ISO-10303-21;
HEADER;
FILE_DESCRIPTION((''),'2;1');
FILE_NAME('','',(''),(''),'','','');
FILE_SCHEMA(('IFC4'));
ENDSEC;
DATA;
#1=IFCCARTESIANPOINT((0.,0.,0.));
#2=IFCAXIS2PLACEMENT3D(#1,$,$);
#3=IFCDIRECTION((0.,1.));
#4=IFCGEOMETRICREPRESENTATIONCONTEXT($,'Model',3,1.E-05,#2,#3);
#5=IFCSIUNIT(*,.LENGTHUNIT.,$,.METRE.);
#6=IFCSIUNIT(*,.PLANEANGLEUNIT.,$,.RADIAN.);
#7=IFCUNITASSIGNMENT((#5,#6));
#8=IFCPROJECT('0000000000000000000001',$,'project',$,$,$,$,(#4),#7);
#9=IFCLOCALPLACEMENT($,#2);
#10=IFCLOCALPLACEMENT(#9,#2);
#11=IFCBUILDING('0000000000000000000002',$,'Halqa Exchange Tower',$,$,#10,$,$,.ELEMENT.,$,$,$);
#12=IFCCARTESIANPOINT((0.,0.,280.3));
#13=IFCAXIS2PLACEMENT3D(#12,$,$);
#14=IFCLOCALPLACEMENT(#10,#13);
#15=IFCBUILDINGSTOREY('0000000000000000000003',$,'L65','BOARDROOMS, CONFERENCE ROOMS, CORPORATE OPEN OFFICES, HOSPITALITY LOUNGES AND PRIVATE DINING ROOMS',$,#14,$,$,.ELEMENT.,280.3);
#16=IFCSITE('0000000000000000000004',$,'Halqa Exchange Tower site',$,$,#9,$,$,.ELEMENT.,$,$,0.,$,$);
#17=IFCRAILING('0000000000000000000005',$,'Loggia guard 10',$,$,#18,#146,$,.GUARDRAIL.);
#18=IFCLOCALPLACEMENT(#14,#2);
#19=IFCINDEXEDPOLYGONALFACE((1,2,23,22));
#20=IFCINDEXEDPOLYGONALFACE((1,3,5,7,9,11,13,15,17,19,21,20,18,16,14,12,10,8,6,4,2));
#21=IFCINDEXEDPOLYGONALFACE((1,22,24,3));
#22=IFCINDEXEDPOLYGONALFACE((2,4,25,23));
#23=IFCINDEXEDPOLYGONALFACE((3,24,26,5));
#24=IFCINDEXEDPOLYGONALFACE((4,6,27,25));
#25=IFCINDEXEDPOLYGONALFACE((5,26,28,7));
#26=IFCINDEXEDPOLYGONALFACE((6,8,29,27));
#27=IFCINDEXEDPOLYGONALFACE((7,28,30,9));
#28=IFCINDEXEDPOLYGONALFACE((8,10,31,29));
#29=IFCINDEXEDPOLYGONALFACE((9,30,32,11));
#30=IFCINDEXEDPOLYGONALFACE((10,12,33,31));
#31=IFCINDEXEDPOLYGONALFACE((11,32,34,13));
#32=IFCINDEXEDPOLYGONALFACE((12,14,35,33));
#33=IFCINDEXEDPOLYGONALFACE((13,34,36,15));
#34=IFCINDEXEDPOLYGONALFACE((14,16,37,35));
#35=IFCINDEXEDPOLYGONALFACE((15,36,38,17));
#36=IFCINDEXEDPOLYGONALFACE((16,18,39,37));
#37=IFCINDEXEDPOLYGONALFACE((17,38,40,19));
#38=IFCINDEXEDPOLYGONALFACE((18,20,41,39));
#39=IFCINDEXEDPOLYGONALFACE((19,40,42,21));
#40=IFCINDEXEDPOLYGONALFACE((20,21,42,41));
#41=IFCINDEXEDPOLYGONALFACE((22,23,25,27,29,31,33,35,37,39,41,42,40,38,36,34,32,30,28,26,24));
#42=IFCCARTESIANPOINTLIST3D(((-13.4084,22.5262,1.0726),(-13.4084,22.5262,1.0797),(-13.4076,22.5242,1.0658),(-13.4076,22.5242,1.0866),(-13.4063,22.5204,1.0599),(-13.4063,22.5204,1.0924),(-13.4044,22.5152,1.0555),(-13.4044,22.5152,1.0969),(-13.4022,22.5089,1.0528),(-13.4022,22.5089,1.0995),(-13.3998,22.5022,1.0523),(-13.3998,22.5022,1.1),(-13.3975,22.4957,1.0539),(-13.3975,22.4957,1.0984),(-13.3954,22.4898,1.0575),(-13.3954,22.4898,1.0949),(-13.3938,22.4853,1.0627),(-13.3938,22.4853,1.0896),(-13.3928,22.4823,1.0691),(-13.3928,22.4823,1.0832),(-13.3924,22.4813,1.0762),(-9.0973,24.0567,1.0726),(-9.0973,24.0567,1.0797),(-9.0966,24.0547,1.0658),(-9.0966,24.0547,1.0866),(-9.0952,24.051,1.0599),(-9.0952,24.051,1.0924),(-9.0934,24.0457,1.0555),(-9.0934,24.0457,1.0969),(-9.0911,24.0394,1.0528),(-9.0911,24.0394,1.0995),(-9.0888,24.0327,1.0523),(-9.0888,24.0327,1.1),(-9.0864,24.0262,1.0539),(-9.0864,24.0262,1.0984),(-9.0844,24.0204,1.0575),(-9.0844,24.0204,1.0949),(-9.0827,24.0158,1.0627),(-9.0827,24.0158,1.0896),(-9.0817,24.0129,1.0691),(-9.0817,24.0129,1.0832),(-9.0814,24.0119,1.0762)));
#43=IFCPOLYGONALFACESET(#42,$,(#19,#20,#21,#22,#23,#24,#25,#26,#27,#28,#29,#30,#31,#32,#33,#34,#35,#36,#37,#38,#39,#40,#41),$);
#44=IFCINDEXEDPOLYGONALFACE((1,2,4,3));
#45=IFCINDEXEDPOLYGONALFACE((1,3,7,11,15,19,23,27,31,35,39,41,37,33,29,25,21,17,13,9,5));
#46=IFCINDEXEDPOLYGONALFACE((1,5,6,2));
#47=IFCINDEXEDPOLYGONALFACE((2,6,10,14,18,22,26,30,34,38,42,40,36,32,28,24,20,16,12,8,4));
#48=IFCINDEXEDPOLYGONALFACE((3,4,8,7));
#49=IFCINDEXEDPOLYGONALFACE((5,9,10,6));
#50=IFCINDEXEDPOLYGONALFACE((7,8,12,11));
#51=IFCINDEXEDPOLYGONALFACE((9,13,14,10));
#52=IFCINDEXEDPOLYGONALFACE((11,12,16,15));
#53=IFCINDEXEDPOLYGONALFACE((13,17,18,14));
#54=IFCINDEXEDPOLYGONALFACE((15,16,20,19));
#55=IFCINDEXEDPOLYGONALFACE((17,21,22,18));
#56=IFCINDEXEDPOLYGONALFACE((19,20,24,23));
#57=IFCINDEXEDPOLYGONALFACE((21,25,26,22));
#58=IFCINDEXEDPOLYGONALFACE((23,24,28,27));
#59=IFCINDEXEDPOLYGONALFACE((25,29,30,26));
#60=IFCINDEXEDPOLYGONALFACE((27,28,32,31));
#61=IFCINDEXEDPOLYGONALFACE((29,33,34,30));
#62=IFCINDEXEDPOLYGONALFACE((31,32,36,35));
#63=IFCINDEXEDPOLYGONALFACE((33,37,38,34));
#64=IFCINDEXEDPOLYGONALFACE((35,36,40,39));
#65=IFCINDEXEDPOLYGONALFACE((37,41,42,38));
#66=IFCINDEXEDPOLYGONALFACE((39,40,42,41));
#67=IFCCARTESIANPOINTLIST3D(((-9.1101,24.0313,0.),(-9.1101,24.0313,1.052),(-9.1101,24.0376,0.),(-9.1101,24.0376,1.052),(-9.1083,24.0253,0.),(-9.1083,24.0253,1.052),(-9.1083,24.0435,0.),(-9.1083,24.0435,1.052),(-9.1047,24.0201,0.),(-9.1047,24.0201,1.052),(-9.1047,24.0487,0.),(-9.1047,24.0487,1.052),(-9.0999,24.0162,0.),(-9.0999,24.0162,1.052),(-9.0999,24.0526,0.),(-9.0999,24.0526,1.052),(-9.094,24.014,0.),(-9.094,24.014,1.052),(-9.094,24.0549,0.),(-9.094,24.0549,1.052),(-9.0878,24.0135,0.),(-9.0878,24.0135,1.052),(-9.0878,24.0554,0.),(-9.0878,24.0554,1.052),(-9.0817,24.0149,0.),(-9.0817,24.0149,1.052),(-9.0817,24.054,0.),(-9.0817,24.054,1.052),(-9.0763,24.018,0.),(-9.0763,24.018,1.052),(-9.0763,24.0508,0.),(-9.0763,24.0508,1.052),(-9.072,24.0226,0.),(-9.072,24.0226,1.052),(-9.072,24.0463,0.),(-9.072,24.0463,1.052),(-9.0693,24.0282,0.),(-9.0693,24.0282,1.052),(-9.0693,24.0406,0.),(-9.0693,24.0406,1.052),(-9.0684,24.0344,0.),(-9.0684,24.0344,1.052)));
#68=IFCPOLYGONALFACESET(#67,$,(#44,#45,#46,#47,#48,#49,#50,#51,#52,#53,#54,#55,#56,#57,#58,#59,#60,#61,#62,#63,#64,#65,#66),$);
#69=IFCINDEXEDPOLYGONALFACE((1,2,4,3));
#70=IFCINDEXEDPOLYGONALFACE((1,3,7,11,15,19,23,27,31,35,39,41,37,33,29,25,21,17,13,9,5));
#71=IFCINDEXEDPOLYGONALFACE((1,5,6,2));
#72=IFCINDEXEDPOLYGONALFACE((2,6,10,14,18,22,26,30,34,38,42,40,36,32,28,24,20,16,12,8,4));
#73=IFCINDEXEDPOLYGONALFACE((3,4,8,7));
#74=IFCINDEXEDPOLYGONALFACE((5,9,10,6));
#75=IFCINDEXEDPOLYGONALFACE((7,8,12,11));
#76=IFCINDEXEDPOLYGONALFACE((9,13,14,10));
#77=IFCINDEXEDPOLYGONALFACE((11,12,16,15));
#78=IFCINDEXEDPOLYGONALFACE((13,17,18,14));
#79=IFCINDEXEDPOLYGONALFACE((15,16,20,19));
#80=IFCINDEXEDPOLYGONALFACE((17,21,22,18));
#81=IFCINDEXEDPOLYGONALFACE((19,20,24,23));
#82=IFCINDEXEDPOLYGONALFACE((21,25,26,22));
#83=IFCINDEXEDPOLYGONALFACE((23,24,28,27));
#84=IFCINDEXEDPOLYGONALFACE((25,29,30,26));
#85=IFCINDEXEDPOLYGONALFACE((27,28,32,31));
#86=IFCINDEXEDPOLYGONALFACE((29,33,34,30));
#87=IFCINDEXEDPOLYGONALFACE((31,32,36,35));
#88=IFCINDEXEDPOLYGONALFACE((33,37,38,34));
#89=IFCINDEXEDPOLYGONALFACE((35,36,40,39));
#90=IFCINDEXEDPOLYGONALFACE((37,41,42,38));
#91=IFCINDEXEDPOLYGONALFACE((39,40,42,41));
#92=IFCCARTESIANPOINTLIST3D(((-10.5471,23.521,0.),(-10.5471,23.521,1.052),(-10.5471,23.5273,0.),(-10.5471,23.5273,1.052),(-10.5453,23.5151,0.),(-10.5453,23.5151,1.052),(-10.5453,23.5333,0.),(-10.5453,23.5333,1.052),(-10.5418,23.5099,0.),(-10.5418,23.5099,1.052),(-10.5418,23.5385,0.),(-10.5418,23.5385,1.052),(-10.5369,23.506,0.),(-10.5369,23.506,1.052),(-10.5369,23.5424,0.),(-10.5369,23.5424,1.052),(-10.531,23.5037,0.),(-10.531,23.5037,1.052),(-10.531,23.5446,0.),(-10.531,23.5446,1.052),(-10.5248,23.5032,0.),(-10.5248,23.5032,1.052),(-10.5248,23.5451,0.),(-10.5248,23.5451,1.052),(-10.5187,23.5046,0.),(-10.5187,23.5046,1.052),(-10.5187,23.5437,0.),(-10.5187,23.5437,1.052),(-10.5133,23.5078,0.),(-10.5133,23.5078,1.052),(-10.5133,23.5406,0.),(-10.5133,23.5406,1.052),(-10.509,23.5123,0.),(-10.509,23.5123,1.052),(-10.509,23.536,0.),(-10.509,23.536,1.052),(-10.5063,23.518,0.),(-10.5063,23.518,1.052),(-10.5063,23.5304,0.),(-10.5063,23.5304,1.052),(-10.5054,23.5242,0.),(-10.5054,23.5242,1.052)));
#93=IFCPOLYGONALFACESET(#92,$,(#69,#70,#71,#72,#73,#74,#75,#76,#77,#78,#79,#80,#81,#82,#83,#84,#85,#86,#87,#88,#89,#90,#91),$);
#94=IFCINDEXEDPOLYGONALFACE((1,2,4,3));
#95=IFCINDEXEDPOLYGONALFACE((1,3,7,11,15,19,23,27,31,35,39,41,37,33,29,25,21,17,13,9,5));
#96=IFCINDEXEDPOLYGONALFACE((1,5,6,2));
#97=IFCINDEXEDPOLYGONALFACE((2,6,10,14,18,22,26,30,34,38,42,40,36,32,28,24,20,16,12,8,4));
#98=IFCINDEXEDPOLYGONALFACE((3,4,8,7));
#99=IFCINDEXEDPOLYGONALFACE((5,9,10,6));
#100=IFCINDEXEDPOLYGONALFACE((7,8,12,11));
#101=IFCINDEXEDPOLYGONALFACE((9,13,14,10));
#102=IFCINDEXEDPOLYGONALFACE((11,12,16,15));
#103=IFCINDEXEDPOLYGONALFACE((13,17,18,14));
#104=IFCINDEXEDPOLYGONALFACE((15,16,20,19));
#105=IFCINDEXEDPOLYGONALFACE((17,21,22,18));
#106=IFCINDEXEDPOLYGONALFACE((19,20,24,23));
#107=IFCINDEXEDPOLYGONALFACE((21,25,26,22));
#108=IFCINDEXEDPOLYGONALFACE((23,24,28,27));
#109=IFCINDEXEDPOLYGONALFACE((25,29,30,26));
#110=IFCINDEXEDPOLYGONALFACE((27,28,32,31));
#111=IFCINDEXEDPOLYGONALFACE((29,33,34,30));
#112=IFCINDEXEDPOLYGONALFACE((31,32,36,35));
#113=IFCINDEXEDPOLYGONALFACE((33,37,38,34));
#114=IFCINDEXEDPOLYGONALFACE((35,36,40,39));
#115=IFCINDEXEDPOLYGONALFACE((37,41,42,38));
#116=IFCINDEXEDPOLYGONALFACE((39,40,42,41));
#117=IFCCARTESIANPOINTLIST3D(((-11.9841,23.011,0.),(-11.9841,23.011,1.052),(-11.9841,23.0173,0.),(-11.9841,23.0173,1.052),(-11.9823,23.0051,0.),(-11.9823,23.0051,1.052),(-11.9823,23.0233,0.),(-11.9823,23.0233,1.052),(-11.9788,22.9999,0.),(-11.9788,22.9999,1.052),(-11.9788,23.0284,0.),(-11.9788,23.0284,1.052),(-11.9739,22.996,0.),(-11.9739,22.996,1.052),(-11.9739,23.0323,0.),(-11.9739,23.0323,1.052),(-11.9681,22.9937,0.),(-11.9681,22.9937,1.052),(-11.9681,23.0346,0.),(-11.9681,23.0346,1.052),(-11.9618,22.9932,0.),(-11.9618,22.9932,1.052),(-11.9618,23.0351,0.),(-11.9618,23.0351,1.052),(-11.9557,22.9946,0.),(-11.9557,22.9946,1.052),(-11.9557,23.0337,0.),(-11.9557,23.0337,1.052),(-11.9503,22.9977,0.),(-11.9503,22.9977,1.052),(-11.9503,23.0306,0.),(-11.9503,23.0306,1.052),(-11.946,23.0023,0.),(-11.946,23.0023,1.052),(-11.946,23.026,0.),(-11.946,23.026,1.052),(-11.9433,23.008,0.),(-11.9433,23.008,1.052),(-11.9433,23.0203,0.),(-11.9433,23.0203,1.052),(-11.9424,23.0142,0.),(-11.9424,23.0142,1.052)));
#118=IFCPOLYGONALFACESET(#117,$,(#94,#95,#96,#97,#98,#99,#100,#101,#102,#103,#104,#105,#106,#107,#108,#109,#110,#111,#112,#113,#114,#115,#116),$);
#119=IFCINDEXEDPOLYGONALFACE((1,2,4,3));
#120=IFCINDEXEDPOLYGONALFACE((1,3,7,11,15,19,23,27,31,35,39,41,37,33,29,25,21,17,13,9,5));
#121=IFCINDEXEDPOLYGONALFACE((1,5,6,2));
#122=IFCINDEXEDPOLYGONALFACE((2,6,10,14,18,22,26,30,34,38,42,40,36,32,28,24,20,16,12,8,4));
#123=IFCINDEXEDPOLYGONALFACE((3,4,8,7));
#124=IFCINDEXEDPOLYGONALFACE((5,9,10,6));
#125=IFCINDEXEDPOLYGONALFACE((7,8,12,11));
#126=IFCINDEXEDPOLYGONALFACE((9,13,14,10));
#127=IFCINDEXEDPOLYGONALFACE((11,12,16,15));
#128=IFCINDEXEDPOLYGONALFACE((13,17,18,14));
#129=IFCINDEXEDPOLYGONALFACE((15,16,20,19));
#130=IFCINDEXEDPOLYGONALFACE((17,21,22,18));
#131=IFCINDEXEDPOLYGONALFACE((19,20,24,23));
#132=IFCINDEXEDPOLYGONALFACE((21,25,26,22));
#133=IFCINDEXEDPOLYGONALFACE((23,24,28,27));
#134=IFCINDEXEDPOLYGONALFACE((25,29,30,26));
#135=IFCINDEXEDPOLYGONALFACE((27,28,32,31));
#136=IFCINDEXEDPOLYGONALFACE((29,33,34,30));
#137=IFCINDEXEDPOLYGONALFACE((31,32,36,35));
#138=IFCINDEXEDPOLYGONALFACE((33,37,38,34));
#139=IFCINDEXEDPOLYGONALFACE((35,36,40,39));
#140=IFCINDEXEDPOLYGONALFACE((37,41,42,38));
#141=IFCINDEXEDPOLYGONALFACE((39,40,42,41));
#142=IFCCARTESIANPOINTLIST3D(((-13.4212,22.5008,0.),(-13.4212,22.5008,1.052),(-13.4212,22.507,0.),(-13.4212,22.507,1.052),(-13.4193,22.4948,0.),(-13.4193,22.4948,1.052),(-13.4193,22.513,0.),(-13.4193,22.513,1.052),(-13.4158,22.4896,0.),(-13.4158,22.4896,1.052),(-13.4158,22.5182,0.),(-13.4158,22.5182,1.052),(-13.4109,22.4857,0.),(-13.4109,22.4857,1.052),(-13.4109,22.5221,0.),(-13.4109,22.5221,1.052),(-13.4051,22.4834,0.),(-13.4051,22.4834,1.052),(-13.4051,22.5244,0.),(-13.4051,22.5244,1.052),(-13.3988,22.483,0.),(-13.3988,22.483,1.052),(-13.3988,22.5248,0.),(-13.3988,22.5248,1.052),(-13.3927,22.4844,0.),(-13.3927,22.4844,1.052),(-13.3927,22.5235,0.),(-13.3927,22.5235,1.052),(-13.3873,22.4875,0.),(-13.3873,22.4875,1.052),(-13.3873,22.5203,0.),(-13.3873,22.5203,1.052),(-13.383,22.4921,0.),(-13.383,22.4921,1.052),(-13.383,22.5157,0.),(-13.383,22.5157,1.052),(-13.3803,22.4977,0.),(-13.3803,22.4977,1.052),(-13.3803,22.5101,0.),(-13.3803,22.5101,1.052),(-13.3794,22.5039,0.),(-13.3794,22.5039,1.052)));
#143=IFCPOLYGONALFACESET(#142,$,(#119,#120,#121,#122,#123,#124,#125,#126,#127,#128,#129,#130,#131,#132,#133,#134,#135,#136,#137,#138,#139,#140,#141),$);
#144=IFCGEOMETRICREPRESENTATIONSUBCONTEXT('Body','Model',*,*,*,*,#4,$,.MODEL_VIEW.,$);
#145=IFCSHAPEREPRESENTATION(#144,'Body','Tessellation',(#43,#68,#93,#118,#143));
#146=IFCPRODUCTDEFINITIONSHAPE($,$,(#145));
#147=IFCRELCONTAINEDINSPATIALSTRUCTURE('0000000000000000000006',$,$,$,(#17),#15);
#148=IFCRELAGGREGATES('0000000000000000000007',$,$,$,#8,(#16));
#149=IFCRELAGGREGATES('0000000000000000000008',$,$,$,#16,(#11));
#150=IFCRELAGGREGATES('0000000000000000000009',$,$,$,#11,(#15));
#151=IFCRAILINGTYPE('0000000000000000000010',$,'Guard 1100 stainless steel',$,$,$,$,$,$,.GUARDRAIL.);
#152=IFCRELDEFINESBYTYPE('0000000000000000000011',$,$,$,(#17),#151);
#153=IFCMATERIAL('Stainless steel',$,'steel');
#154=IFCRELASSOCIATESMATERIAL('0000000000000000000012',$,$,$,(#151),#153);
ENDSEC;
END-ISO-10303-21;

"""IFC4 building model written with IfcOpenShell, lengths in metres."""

from ifc_helpers import new_model, si_unit, direction, frame, origin, origin_2d, place, context, subcontext, project, spatial, circle, extrude, material, type_object, element, save


model = new_model("IFC4")

# Units and contexts
model_context = context("Model", 3, precision=1e-05, world=origin(), true_north=direction((0.0, 1.0)))
body_context = subcontext(model_context, "Body", "Model", "MODEL_VIEW")
ifc_project = project(units=[si_unit("LENGTHUNIT", "METRE"), si_unit("PLANEANGLEUNIT", "RADIAN")], contexts=[model_context])

# Site, building, storey
site_placement = place(None, origin())
site = spatial("IfcSite", under=ifc_project, at=site_placement, Name="Halqa Exchange Tower site", CompositionType="ELEMENT", RefElevation=0.0)
building_placement = place(site_placement, origin())
building = spatial("IfcBuilding", under=site, at=building_placement, Name="Halqa Exchange Tower", CompositionType="ELEMENT")
storey_placement = place(building_placement, frame((0.0, 0.0, 280.3)))
storey = spatial("IfcBuildingStorey", under=building, at=storey_placement, Name="L65", Description="BOARDROOMS, CONFERENCE ROOMS, CORPORATE OPEN OFFICES, HOSPITALITY LOUNGES AND PRIVATE DINING ROOMS", CompositionType="ELEMENT", Elevation=280.3)

# Railing
ifc_material_1 = material(Name="Stainless steel", Category="steel")
railing_type_1 = type_object("IfcRailingType", Name="Guard 1100 stainless steel", PredefinedType="GUARDRAIL", material=ifc_material_1)
railing_1_placement = place(storey_placement, frame((-9.0894, 24.0344, 0.0)))
element("IfcRailing", 1, at=railing_1_placement, inside=storey, type_object=railing_type_1, Name="Loggia guard 10", PredefinedType="GUARDRAIL", context=body_context, shape_type="SweptSolid", body=[
    extrude(circle(Radius=0.0239, at=origin_2d()), frame((0.0, 0.0, 1.0762), z_axis=(-0.942373, -0.334564, 0.0), x_axis=(0.334564, -0.942373, 0.0)), (0.0, 0.0, 1.0), 4.5747),
    extrude(circle(Radius=0.021, at=origin_2d()), origin(), (0.0, 0.0, 1.0), 1.052),
    extrude(circle(Radius=0.021, at=origin_2d()), frame((-1.437, -0.5103, 0.0)), (0.0, 0.0, 1.0), 1.052),
    extrude(circle(Radius=0.021, at=origin_2d()), frame((-2.874, -1.0203, 0.0)), (0.0, 0.0, 1.0), 1.052),
    extrude(circle(Radius=0.021, at=origin_2d()), frame((-4.311, -1.5305, 0.0)), (0.0, 0.0, 1.0), 1.052),
])

save(model, "model.ifc")
